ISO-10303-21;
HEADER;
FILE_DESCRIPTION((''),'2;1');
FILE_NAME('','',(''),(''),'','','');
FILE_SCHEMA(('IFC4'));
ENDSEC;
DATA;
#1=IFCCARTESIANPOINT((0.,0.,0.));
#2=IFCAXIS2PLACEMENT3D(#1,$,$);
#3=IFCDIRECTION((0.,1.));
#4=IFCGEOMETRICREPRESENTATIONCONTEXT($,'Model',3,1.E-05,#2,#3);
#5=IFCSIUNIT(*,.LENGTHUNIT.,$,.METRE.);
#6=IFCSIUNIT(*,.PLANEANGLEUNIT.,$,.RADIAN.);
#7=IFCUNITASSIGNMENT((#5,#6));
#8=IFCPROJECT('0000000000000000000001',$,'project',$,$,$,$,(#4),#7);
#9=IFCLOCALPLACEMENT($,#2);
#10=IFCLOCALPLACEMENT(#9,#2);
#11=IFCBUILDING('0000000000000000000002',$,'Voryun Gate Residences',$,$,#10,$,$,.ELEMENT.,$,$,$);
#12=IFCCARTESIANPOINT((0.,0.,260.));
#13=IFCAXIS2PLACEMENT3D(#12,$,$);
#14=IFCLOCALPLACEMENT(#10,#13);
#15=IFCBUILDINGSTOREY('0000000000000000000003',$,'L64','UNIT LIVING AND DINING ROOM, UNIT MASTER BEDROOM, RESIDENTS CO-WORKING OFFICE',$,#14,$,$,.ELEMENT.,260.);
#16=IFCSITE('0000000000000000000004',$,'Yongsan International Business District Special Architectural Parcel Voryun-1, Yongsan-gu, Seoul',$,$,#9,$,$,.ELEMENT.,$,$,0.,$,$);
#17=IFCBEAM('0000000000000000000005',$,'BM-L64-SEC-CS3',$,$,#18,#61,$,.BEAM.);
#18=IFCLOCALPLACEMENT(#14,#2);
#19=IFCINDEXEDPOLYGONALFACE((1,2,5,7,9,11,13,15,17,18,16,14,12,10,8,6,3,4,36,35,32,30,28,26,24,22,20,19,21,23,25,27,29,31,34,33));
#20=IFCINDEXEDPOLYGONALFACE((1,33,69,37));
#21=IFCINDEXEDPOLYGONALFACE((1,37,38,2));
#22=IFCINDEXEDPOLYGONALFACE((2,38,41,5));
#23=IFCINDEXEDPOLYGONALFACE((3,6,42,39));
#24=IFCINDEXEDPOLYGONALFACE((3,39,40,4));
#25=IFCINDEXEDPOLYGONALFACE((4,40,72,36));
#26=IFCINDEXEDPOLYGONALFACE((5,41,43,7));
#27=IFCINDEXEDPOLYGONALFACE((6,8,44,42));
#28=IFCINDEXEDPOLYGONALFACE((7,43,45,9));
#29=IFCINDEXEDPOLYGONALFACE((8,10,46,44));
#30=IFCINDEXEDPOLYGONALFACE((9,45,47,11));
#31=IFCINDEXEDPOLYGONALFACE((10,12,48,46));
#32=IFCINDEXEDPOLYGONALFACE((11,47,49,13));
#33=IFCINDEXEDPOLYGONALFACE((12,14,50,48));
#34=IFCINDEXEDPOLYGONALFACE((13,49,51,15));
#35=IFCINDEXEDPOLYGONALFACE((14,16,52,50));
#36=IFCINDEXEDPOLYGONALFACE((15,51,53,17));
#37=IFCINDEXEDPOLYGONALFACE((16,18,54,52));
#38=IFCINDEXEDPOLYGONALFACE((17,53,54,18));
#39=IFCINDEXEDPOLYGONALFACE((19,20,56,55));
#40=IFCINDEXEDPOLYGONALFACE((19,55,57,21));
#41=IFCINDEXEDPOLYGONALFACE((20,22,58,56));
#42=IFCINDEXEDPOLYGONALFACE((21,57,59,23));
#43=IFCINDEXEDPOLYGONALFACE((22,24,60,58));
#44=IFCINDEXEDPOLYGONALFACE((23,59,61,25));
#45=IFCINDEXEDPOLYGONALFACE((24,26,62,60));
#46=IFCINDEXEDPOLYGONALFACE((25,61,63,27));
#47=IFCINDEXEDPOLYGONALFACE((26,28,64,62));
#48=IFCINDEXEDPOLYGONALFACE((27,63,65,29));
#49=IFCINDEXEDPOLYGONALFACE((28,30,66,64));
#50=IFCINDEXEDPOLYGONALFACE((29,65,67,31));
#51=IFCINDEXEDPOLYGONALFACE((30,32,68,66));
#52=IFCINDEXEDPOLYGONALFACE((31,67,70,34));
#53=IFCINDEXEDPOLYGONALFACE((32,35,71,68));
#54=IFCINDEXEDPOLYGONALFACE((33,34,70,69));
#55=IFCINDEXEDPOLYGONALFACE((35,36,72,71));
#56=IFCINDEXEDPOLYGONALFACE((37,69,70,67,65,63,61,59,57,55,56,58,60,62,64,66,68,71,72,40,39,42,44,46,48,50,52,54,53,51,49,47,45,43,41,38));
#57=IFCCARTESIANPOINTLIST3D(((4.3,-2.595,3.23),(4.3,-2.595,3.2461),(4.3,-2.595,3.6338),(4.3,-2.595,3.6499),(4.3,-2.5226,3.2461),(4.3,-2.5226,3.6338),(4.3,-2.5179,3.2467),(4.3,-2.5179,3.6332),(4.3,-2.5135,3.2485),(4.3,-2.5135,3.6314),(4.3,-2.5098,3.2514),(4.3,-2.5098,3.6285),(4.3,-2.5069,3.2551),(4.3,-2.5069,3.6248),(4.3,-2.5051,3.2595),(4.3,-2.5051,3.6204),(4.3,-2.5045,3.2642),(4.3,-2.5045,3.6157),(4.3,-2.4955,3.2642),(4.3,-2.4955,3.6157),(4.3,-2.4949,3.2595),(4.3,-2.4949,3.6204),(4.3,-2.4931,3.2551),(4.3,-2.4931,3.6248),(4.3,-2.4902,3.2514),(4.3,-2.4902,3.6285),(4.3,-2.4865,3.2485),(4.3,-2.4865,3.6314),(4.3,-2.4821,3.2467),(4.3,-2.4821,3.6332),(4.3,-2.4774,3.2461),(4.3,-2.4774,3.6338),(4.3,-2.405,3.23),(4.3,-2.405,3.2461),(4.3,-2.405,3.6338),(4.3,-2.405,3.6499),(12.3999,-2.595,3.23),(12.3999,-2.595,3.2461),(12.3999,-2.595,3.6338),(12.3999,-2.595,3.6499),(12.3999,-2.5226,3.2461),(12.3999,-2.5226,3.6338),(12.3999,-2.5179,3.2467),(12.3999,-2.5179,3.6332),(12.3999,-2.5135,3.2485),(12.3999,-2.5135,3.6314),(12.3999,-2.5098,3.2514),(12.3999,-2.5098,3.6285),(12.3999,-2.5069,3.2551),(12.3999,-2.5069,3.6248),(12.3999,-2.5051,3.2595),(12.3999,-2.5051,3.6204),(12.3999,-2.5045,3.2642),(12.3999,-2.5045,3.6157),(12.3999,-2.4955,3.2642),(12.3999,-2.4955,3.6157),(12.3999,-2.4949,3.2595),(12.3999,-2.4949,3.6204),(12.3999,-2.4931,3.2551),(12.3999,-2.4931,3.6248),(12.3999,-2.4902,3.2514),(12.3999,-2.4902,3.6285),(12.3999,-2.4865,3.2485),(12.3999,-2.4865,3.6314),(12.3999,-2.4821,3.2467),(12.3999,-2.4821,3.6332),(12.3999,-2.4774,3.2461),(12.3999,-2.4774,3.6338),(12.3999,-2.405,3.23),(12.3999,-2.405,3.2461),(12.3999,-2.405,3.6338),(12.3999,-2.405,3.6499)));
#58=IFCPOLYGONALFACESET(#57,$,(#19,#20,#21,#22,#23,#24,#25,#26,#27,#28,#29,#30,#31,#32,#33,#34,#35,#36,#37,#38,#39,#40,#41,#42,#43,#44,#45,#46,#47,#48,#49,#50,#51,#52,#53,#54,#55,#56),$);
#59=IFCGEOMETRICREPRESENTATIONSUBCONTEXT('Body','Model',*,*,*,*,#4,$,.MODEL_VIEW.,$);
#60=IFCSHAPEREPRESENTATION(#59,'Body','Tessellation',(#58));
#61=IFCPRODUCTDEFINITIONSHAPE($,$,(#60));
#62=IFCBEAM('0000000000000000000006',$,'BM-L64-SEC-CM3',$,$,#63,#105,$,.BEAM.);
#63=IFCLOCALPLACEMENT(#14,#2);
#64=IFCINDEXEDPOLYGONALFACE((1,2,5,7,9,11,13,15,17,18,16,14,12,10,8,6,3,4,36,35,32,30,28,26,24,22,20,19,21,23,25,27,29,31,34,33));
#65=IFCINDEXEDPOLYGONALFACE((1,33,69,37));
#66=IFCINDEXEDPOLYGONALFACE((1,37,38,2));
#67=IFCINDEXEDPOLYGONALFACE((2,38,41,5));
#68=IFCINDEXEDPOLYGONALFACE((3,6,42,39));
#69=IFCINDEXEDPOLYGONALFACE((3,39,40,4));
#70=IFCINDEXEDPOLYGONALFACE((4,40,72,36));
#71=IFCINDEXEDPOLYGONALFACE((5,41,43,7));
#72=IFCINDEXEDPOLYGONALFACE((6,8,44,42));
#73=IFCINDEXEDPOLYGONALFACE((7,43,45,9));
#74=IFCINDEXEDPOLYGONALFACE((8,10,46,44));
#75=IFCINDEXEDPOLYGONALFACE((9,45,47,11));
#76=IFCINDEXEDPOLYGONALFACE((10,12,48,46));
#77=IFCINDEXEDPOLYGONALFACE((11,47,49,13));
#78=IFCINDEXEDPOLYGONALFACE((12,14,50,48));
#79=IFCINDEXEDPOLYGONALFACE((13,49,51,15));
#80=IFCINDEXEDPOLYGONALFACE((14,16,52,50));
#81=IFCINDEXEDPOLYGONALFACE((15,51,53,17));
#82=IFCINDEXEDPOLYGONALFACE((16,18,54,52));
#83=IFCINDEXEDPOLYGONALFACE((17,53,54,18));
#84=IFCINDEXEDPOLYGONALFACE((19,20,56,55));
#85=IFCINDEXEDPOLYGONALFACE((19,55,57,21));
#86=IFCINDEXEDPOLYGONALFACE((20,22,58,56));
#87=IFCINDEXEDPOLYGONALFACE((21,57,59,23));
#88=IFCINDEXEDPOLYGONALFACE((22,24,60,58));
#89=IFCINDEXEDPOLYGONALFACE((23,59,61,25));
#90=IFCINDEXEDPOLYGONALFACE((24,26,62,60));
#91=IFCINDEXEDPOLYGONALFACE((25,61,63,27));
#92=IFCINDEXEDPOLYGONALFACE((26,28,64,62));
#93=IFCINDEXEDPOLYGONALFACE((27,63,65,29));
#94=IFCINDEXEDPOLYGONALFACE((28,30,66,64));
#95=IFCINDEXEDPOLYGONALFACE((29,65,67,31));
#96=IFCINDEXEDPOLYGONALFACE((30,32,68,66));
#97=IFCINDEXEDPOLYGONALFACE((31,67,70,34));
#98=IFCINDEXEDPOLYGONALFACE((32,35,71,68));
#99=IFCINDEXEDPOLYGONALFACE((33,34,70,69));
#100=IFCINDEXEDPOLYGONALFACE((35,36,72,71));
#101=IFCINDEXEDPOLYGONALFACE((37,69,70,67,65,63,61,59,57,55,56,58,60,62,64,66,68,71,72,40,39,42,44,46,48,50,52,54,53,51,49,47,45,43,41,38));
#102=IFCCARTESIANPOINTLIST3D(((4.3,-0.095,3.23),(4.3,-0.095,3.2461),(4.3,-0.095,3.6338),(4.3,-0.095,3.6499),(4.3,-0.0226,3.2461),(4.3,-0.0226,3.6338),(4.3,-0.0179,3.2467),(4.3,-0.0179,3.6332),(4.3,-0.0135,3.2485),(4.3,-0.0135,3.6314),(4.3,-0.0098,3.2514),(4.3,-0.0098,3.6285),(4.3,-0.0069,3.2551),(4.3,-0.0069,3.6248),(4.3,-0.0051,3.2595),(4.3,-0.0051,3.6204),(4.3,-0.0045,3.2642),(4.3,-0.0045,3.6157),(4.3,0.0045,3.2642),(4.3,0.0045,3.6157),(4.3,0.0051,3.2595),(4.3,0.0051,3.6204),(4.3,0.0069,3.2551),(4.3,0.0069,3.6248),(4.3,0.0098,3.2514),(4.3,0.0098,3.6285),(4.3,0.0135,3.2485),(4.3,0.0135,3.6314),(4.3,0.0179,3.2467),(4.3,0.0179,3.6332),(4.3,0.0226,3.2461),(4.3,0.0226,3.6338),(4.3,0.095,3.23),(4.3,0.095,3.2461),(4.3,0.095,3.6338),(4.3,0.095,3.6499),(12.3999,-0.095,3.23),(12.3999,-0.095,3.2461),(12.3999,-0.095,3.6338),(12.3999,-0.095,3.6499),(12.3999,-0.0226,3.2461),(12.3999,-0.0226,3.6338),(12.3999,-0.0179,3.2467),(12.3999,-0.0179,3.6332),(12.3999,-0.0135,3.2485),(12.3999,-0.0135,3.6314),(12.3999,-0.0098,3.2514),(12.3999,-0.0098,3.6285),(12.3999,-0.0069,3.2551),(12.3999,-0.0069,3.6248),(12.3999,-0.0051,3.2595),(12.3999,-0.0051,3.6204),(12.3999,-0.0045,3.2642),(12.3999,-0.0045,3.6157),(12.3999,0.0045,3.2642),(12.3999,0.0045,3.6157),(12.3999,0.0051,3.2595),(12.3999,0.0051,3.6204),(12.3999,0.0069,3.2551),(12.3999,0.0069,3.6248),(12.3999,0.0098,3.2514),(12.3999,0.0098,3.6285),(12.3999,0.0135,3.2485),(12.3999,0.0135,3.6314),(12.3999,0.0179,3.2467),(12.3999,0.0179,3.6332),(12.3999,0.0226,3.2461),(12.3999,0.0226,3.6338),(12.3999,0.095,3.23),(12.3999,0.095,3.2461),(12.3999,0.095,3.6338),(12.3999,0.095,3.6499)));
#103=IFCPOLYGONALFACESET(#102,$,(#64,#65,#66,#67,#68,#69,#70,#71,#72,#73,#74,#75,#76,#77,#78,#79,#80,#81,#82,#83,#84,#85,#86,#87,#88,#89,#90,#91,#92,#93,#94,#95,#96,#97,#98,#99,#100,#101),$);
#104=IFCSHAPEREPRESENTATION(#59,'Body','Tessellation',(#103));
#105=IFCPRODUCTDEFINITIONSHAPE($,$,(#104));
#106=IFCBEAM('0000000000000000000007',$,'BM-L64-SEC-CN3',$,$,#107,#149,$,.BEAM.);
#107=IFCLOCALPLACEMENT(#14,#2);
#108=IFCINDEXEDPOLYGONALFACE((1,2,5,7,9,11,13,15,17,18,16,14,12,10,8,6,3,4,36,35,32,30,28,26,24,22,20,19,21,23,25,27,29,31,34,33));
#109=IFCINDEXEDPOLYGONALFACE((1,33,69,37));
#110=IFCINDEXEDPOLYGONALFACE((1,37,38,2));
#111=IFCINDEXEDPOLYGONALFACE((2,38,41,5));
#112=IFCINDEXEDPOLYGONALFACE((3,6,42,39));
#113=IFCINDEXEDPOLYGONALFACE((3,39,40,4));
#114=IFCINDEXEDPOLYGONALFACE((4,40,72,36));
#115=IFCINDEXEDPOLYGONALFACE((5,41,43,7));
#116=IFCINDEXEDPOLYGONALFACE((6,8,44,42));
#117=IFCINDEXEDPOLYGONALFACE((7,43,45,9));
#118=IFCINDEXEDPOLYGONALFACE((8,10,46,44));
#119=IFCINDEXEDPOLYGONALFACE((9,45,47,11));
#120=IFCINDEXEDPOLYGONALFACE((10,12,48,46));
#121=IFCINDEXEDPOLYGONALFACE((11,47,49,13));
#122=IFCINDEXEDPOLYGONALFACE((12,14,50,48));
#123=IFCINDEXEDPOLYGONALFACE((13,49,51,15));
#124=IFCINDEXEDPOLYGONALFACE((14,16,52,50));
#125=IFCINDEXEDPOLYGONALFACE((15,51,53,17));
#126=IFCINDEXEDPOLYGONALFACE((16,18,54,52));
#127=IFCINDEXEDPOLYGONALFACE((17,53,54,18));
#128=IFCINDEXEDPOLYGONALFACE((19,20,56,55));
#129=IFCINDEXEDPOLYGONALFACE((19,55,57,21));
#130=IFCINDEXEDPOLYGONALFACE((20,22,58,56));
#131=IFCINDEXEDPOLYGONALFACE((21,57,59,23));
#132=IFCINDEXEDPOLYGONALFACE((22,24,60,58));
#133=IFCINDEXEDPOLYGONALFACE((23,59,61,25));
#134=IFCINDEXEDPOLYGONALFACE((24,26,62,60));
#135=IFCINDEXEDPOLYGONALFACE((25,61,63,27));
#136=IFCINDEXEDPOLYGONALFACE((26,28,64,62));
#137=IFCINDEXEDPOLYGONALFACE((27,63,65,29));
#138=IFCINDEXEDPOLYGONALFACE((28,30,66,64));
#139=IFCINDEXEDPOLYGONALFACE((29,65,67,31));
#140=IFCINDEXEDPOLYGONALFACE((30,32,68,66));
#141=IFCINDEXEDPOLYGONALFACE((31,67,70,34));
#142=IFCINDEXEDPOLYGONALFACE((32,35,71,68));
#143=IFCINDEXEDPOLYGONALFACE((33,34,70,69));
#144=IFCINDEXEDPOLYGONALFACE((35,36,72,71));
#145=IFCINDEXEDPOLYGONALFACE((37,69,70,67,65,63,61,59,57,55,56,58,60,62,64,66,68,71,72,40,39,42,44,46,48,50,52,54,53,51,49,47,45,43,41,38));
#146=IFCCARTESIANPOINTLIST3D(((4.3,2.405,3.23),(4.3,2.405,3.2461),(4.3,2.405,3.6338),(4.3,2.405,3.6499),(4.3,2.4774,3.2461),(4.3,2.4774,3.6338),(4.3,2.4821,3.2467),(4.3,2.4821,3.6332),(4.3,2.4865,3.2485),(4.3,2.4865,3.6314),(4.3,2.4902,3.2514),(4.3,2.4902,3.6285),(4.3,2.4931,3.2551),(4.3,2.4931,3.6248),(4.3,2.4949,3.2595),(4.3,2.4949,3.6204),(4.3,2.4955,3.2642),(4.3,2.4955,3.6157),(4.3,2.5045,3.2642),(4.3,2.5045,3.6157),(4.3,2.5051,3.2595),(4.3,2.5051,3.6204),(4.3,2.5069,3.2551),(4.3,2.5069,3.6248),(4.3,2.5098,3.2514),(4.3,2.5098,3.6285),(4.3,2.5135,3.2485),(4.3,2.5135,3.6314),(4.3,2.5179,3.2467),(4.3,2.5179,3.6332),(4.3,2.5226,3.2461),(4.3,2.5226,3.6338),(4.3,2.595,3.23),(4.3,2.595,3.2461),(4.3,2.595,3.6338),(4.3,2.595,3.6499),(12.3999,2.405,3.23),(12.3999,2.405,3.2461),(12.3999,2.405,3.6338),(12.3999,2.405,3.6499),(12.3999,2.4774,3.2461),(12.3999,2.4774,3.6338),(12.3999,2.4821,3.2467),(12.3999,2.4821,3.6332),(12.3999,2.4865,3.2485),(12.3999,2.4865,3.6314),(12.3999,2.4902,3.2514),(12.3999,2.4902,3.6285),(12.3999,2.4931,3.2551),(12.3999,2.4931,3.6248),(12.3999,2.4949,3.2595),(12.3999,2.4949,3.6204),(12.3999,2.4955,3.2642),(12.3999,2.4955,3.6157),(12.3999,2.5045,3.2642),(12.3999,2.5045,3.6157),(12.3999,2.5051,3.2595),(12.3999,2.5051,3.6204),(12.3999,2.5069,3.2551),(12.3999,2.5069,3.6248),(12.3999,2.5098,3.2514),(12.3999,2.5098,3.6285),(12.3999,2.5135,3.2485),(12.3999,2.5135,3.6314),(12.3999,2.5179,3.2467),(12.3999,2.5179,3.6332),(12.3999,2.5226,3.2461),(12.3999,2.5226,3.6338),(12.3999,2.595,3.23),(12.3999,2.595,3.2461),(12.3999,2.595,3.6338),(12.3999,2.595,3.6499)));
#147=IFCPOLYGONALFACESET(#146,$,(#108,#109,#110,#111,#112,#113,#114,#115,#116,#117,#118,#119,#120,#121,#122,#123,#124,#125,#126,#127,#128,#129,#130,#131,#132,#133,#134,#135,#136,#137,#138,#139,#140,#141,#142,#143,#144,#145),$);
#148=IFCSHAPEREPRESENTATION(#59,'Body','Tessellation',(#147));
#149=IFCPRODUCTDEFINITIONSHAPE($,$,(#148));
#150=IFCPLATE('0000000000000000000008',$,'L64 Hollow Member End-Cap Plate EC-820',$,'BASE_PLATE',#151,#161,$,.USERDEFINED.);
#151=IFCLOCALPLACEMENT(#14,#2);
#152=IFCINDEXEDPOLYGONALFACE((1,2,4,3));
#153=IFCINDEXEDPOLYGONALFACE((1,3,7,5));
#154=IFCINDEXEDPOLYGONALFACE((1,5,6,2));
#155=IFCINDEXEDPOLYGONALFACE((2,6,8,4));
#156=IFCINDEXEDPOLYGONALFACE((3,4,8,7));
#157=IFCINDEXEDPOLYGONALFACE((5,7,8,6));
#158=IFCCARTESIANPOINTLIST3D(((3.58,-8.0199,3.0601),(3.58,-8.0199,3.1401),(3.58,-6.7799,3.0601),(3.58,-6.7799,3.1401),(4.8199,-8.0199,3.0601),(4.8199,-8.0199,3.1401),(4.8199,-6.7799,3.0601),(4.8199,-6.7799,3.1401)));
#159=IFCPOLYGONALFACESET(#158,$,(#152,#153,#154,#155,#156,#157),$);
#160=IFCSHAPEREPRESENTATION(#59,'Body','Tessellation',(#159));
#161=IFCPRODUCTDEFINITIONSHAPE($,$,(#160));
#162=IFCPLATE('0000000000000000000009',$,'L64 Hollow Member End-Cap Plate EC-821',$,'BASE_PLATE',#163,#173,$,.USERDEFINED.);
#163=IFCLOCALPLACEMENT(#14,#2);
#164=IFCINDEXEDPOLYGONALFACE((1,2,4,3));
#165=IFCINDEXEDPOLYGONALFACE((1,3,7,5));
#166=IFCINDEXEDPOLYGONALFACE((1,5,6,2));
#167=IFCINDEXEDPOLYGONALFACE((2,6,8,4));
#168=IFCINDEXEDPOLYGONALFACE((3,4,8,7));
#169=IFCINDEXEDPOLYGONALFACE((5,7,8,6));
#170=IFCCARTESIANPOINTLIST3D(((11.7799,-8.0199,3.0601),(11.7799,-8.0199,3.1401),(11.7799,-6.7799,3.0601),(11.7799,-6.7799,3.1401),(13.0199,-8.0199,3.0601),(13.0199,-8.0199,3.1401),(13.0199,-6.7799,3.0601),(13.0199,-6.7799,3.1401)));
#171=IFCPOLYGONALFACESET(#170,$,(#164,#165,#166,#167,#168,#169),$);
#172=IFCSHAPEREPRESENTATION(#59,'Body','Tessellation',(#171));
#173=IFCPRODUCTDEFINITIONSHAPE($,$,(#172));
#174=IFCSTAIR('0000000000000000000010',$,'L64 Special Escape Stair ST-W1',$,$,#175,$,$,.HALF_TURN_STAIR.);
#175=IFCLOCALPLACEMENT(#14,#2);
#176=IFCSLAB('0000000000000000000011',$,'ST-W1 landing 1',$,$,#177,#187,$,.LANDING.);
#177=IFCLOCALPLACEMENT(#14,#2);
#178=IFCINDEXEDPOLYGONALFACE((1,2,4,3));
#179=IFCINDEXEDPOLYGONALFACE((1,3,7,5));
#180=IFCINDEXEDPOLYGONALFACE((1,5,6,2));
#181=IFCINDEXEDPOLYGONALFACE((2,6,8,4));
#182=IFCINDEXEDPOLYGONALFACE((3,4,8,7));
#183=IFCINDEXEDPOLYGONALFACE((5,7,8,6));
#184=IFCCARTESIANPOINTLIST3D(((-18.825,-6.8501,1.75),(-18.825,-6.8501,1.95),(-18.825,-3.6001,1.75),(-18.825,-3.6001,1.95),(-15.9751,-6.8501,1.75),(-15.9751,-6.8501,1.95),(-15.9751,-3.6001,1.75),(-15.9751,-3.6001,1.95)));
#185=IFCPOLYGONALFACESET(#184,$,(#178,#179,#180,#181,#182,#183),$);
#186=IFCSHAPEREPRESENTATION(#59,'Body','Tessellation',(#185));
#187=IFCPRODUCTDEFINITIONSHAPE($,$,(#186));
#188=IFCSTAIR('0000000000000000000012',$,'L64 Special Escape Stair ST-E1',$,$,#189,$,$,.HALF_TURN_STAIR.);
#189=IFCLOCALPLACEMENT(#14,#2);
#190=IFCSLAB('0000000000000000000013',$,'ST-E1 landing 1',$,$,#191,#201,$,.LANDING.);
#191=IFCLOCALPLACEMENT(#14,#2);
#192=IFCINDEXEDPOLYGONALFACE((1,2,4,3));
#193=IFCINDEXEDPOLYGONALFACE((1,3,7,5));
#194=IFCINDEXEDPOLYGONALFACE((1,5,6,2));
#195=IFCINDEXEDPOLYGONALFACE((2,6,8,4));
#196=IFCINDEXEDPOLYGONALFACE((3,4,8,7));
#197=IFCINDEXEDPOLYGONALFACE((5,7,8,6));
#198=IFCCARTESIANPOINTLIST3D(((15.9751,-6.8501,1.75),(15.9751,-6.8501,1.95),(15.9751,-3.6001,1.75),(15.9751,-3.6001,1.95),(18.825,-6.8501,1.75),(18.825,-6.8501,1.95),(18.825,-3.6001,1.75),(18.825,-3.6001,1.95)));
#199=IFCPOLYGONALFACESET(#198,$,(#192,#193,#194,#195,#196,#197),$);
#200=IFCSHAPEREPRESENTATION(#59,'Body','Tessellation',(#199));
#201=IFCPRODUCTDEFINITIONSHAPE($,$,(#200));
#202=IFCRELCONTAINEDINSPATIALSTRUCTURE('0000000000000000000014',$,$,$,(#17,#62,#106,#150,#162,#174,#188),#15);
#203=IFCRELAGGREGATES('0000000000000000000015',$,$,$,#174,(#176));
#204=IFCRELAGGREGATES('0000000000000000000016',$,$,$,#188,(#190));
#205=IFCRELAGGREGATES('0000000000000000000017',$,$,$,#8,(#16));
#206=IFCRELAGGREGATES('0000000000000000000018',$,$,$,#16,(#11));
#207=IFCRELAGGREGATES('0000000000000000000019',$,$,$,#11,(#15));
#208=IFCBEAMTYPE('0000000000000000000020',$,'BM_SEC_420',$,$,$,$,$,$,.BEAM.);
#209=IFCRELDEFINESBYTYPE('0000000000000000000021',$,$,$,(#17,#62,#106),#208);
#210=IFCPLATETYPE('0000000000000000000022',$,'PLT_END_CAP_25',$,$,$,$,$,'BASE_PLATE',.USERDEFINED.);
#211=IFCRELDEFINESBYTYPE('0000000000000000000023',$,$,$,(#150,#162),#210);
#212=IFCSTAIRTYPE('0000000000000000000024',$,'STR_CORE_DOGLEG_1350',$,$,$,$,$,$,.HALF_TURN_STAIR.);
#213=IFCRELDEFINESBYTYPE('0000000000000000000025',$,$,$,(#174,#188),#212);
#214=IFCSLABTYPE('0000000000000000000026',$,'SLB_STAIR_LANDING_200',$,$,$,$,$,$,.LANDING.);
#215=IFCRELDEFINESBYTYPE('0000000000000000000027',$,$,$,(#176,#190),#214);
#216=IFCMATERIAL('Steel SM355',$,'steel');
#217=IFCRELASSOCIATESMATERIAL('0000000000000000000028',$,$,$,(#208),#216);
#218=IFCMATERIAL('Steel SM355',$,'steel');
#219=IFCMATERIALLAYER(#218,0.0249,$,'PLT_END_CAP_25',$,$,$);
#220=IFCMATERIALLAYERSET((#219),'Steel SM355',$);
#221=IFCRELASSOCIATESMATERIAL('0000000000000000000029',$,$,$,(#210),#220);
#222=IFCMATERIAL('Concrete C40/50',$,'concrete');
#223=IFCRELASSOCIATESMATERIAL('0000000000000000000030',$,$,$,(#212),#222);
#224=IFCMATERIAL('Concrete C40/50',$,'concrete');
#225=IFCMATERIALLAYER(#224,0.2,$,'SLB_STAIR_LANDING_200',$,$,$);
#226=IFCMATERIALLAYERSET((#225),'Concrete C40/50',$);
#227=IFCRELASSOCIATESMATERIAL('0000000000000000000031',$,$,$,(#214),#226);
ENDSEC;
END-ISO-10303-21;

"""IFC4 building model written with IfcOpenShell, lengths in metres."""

from ifc_helpers import new_model, si_unit, direction, frame, origin, origin_2d, place, context, subcontext, project, spatial, polyline, rectangle, i_section, outline, extrude, material, layer, layer_set, material_profile, profile_set, type_object, element, aggregate, save


model = new_model("IFC4")

# Units and contexts
model_context = context("Model", 3, precision=1e-05, world=origin(), true_north=direction((0.0, 1.0)))
body_context = subcontext(model_context, "Body", "Model", "MODEL_VIEW")
ifc_project = project(units=[si_unit("LENGTHUNIT", "METRE"), si_unit("PLANEANGLEUNIT", "RADIAN")], contexts=[model_context])

# Site, building, storey
site_placement = place(None, origin())
site = spatial("IfcSite", under=ifc_project, at=site_placement, Name="Yongsan International Business District Special Architectural Parcel Voryun-1, Yongsan-gu, Seoul", CompositionType="ELEMENT", RefElevation=0.0)
building_placement = place(site_placement, origin())
building = spatial("IfcBuilding", under=site, at=building_placement, Name="Voryun Gate Residences", CompositionType="ELEMENT")
storey_placement = place(building_placement, frame((0.0, 0.0, 260.0)))
storey = spatial("IfcBuildingStorey", under=building, at=storey_placement, Name="L64", Description="UNIT LIVING AND DINING ROOM, UNIT MASTER BEDROOM, RESIDENTS CO-WORKING OFFICE", CompositionType="ELEMENT", Elevation=260.0)

# Beams
ifc_material_1 = material(Name="Steel SM355", Category="steel")
ifc_material_profile_1 = material_profile(ifc_material_1, i_section(OverallWidth=0.1899, OverallDepth=0.4199, WebThickness=0.009, FlangeThickness=0.0161, FilletRadius=0.0181, at=origin_2d()), Name="H-420x190x9x16")
ifc_profile_set_1 = profile_set([ifc_material_profile_1], Name="Steel SM355")
beam_type_1 = type_object("IfcBeamType", Name="BM_SEC_420", PredefinedType="BEAM", material=ifc_profile_set_1)
for number, where, z_axis, x_axis, name in (
    (1, (4.3, -2.5, 3.4399), (1.0, 0.0, 0.0), (0.0, 1.0, 0.0), "BM-L64-SEC-CS3"),
    (2, (4.3, 0.0, 3.4399), (1.0, 0.0, 0.0), (0.0, 1.0, 0.0), "BM-L64-SEC-CM3"),
    (3, (4.3, 2.5, 3.4399), (1.0, 0.0, 0.0), (0.0, 1.0, 0.0), "BM-L64-SEC-CN3"),
):
    element("IfcBeam", number, at=place(storey_placement, frame(where, z_axis=z_axis, x_axis=x_axis)), inside=storey, type_object=beam_type_1, Name=name, PredefinedType="BEAM", context=body_context, shape_type="SweptSolid", body=[
        extrude(i_section(OverallWidth=0.1899, OverallDepth=0.4199, WebThickness=0.009, FlangeThickness=0.0161, FilletRadius=0.0181, at=origin_2d()), origin(), (0.0, 0.0, 1.0), 8.0999),
    ])

# Plates
ifc_material_2 = material(Name="Steel SM355", Category="steel")
ifc_layer_1 = layer(ifc_material_2, 0.0249, Name="PLT_END_CAP_25")
ifc_layer_set_1 = layer_set([ifc_layer_1], Name="Steel SM355")
plate_type = type_object("IfcPlateType", Name="PLT_END_CAP_25", ElementType="BASE_PLATE", PredefinedType="USERDEFINED", material=ifc_layer_set_1)
for number, where, z_axis, x_axis, name in (
    (4, (4.2, -7.3999, 3.0601), (0.0, 0.0, 1.0), (1.0, 0.0, 0.0), "L64 Hollow Member End-Cap Plate EC-820"),
    (5, (12.3999, -7.3999, 3.0601), (0.0, 0.0, 1.0), (1.0, 0.0, 0.0), "L64 Hollow Member End-Cap Plate EC-821"),
):
    element("IfcPlate", number, at=place(storey_placement, frame(where, z_axis=z_axis, x_axis=x_axis)), inside=storey, type_object=plate_type, Name=name, ObjectType="BASE_PLATE", PredefinedType="USERDEFINED", context=body_context, shape_type="SweptSolid", body=[
        extrude(rectangle(XDim=1.24, YDim=1.24, at=origin_2d()), origin(), (0.0, 0.0, 1.0), 0.0801),
    ])

# Stairs, slabs
ifc_material_3 = material(Name="Concrete C40/50", Category="concrete")
stair_type = type_object("IfcStairType", Name="STR_CORE_DOGLEG_1350", PredefinedType="HALF_TURN_STAIR", material=ifc_material_3)
stair_1_placement = place(storey_placement, origin())
stair_1 = element("IfcStair", 6, at=stair_1_placement, inside=storey, type_object=stair_type, Name="L64 Special Escape Stair ST-W1", PredefinedType="HALF_TURN_STAIR")
ifc_material_4 = material(Name="Concrete C40/50", Category="concrete")
ifc_layer_2 = layer(ifc_material_4, 0.2, Name="SLB_STAIR_LANDING_200")
ifc_layer_set_2 = layer_set([ifc_layer_2], Name="Concrete C40/50")
slab_type_1 = type_object("IfcSlabType", Name="SLB_STAIR_LANDING_200", PredefinedType="LANDING", material=ifc_layer_set_2)
slab_1_placement = place(storey_placement, frame((0.0, 0.0, 1.75)))
slab_1 = element("IfcSlab", 7, at=slab_1_placement, type_object=slab_type_1, Name="ST-W1 landing 1", PredefinedType="LANDING", context=body_context, shape_type="SweptSolid", body=[
    extrude(outline(polyline([(-18.825, -3.6001), (-18.825, -6.8501), (-15.9751, -6.8501), (-15.9751, -3.6001), (-18.825, -3.6001)])), origin(), (0.0, 0.0, 1.0), 0.2),
])
aggregate(stair_1, [slab_1])
stair_2_placement = place(storey_placement, origin())
stair_2 = element("IfcStair", 8, at=stair_2_placement, inside=storey, type_object=stair_type, Name="L64 Special Escape Stair ST-E1", PredefinedType="HALF_TURN_STAIR")
slab_2_placement = place(storey_placement, frame((0.0, 0.0, 1.75)))
slab_2 = element("IfcSlab", 9, at=slab_2_placement, type_object=slab_type_1, Name="ST-E1 landing 1", PredefinedType="LANDING", context=body_context, shape_type="SweptSolid", body=[
    extrude(outline(polyline([(15.9751, -3.6001), (15.9751, -6.8501), (18.825, -6.8501), (18.825, -3.6001), (15.9751, -3.6001)])), origin(), (0.0, 0.0, 1.0), 0.2),
])
aggregate(stair_2, [slab_2])

save(model, "model.ifc")
